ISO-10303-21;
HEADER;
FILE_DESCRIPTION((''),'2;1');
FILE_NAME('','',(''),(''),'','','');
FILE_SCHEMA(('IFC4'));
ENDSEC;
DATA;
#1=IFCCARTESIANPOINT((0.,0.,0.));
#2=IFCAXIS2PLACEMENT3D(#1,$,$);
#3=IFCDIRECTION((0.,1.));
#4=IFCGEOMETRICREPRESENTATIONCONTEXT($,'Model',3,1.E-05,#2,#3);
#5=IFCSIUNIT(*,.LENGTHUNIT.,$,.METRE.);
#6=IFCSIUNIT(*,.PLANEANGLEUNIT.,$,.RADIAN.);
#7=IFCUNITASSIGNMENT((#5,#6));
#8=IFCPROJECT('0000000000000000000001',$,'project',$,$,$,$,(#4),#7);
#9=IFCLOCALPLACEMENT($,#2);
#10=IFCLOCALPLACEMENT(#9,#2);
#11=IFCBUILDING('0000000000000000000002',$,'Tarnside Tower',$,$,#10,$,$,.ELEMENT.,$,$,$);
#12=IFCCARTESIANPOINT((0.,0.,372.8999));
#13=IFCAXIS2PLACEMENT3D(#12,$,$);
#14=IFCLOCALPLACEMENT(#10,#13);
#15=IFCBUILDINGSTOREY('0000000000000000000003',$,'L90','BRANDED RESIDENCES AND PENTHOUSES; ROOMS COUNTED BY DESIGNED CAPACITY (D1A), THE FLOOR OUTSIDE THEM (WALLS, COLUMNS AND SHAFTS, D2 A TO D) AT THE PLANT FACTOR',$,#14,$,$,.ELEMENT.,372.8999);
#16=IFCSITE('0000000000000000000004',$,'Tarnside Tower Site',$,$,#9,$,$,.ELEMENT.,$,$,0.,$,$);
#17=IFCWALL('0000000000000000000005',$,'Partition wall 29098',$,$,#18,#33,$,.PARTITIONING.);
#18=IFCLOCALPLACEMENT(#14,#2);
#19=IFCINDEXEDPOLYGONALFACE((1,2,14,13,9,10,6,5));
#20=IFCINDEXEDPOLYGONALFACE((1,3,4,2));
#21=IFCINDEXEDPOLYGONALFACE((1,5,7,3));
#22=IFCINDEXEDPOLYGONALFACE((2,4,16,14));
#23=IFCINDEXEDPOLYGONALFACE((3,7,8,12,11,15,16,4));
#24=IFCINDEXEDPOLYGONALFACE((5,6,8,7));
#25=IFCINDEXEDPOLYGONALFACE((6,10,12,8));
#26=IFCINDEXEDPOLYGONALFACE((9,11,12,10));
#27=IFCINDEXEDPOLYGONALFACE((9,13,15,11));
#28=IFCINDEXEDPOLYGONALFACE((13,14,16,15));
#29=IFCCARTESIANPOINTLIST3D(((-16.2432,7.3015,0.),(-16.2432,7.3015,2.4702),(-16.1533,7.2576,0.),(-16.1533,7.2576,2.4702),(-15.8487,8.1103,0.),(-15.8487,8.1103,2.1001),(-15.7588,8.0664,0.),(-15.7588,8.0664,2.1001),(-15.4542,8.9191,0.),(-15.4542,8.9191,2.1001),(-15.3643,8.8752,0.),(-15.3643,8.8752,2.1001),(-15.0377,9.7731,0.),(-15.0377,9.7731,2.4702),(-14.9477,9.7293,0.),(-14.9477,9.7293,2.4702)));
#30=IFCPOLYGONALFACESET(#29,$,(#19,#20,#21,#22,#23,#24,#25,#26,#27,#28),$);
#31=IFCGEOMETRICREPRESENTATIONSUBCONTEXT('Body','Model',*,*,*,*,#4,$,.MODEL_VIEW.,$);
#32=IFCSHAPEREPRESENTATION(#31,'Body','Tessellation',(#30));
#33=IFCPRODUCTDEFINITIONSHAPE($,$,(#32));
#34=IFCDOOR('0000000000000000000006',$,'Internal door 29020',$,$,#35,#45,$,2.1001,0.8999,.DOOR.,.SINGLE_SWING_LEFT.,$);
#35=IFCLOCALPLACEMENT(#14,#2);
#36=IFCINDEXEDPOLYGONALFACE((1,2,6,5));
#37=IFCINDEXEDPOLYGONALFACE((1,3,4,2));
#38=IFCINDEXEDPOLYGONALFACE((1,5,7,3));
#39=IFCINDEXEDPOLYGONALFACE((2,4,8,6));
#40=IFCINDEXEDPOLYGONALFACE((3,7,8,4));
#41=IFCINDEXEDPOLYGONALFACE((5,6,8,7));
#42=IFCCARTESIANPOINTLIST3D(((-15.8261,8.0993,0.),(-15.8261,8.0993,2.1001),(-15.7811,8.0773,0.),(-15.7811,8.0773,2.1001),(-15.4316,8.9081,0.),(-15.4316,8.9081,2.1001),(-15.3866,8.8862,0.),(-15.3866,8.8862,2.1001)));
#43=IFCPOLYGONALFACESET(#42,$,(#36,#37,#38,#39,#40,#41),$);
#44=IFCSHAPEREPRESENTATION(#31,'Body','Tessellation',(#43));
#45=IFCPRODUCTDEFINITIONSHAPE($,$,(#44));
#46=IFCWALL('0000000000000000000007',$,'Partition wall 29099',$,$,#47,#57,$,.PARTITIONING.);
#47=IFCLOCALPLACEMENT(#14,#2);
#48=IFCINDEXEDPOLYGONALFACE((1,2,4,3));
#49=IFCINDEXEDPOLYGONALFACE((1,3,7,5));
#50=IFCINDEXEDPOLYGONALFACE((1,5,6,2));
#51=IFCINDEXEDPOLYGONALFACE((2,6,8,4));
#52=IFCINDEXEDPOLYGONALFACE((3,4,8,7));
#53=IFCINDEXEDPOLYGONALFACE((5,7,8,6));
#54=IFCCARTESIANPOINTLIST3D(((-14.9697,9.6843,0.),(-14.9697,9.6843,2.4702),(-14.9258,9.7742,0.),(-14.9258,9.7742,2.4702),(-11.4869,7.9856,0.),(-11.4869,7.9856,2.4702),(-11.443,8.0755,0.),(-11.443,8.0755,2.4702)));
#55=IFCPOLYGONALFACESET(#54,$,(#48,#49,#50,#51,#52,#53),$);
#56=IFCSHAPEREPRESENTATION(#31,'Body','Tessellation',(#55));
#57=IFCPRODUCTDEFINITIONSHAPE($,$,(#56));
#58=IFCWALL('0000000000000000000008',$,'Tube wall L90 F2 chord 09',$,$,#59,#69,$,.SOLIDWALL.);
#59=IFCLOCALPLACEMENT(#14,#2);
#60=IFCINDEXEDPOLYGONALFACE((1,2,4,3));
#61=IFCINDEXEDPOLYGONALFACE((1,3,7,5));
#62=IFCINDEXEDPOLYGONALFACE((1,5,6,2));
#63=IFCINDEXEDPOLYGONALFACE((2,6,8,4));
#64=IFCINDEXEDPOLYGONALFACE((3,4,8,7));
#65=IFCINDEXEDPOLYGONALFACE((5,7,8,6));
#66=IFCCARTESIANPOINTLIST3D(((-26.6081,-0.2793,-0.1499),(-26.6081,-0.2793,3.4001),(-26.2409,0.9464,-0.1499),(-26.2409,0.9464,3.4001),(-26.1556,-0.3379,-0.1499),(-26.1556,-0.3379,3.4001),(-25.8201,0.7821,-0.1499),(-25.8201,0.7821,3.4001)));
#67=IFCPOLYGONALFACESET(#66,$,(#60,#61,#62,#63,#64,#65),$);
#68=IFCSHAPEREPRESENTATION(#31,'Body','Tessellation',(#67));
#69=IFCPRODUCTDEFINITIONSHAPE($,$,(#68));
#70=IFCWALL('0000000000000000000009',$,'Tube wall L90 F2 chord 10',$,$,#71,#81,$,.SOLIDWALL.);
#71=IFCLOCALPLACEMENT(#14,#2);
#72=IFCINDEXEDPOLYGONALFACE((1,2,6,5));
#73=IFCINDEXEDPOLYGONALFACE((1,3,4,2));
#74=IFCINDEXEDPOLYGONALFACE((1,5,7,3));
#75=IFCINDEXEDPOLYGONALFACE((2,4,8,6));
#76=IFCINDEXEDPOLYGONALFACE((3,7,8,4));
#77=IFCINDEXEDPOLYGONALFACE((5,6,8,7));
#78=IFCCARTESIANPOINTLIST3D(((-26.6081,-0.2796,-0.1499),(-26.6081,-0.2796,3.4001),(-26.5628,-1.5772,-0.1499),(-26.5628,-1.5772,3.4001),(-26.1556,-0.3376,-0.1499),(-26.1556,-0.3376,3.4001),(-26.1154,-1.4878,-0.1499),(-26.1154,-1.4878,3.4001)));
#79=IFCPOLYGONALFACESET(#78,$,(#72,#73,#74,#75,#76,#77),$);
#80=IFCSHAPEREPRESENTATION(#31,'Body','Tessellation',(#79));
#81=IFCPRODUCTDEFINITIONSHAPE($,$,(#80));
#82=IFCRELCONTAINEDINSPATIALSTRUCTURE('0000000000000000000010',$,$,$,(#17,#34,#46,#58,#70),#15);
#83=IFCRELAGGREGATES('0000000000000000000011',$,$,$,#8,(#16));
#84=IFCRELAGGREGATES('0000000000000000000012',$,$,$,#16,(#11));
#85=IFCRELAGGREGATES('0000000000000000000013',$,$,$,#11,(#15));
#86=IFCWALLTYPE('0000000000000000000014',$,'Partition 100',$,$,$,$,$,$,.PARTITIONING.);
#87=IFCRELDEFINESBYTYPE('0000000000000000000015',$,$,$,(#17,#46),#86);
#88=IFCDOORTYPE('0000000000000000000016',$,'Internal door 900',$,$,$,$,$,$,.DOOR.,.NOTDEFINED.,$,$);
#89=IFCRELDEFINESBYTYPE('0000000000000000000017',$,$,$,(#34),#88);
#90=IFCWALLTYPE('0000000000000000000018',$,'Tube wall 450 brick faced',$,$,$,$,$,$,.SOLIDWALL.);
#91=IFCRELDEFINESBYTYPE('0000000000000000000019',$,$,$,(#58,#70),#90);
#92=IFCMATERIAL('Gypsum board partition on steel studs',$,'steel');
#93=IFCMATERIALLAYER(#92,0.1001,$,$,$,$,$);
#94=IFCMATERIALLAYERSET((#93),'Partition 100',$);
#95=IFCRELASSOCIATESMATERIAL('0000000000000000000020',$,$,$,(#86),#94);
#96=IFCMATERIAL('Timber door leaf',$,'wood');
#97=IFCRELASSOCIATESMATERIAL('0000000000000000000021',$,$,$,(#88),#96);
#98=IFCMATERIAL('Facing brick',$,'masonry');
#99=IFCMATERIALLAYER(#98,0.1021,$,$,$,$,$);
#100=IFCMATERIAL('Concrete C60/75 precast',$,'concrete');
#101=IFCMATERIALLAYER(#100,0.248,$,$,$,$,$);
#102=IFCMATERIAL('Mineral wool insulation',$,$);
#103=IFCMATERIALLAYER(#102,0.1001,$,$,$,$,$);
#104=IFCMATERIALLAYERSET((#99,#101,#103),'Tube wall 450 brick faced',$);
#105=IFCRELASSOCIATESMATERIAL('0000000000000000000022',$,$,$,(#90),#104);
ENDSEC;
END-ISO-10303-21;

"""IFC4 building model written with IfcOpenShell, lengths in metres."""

from ifc_helpers import new_model, si_unit, direction, frame, frame_2d, origin, place, context, subcontext, project, spatial, polyline, rectangle, outline, extrude, material, layer, layer_set, type_object, element, fill, save


model = new_model("IFC4")

# Units and contexts
model_context = context("Model", 3, precision=1e-05, world=origin(), true_north=direction((0.0, 1.0)))
body_context = subcontext(model_context, "Body", "Model", "MODEL_VIEW")
ifc_project = project(units=[si_unit("LENGTHUNIT", "METRE"), si_unit("PLANEANGLEUNIT", "RADIAN")], contexts=[model_context])

# Site, building, storey
site_placement = place(None, origin())
site = spatial("IfcSite", under=ifc_project, at=site_placement, Name="Tarnside Tower Site", CompositionType="ELEMENT", RefElevation=0.0)
building_placement = place(site_placement, origin())
building = spatial("IfcBuilding", under=site, at=building_placement, Name="Tarnside Tower", CompositionType="ELEMENT")
storey_placement = place(building_placement, frame((0.0, 0.0, 372.8999)))
storey = spatial("IfcBuildingStorey", under=building, at=storey_placement, Name="L90", Description="BRANDED RESIDENCES AND PENTHOUSES; ROOMS COUNTED BY DESIGNED CAPACITY (D1A), THE FLOOR OUTSIDE THEM (WALLS, COLUMNS AND SHAFTS, D2 A TO D) AT THE PLANT FACTOR", CompositionType="ELEMENT", Elevation=372.8999)

# Shared definitions
ifc_material_1 = material(Name="Gypsum board partition on steel studs", Category="steel")

# Shared definitions
ifc_material_2 = material(Name="Timber door leaf", Category="wood")

# Shared definitions
ifc_material_3 = material(Name="Concrete C60/75 precast", Category="concrete")
ifc_material_4 = material(Name="Mineral wool insulation")
ifc_layer_1 = layer(ifc_material_1, 0.1001)
ifc_layer_set_1 = layer_set([ifc_layer_1], Name="Partition 100")
wall_type_1 = type_object("IfcWallType", Name="Partition 100", PredefinedType="PARTITIONING", material=ifc_layer_set_1)

# Wall, opening, door
wall_1_placement = place(storey_placement, frame((-16.1982, 7.2795, 0.0), z_axis=(0.0, 0.0, 1.0), x_axis=(0.438385, 0.898787, 0.0)))
wall_1 = element("IfcWall", 1, at=wall_1_placement, inside=storey, type_object=wall_type_1, Name="Partition wall 29098", PredefinedType="PARTITIONING", context=body_context, shape_type="SweptSolid", body=[
    extrude(rectangle(XDim=2.75, YDim=0.1001, at=frame_2d((1.375, 0.0))), origin(), (0.0, 0.0, 1.0), 2.4702),
])
opening_1_placement = place(wall_1_placement, frame((0.8999, 0.0, 0.0)))
opening_1 = element("IfcOpeningElement", 2, at=opening_1_placement, cuts=wall_1, PredefinedType="OPENING", context=body_context, shape_type="SweptSolid", body=[
    extrude(rectangle(XDim=0.8999, YDim=2.1001, at=frame_2d((0.45, 1.05))), frame((0.0, 0.0601, 0.0), z_axis=(0.0, -1.0, 0.0), x_axis=(1.0, 0.0, 0.0)), (0.0, 0.0, 1.0), 0.1201),
])
door_type_1 = type_object("IfcDoorType", Name="Internal door 900", OperationType="NOTDEFINED", PredefinedType="DOOR", material=ifc_material_2)
door_1_placement = place(opening_1_placement, origin())
door_1 = element("IfcDoor", 3, at=door_1_placement, inside=storey, type_object=door_type_1, Name="Internal door 29020", OperationType="SINGLE_SWING_LEFT", OverallHeight=2.1001, OverallWidth=0.8999, PredefinedType="DOOR", context=body_context, shape_type="SweptSolid", body=[
    extrude(rectangle(XDim=0.8999, YDim=2.1001, at=frame_2d((0.45, 1.05))), frame((0.0, 0.0249, 0.0), z_axis=(0.0, -1.0, 0.0), x_axis=(1.0, 0.0, 0.0)), (0.0, 0.0, 1.0), 0.05),
])
fill(opening_1, door_1)

# Walls
wall_2_placement = place(storey_placement, frame((-14.9478, 9.7292, 0.0), z_axis=(0.0, 0.0, 1.0), x_axis=(0.898794, -0.438371, 0.0)))
element("IfcWall", 4, at=wall_2_placement, inside=storey, type_object=wall_type_1, Name="Partition wall 29099", PredefinedType="PARTITIONING", context=body_context, shape_type="SweptSolid", body=[
    extrude(rectangle(XDim=3.875, YDim=0.1001, at=frame_2d((1.9375, 0.0))), origin(), (0.0, 0.0, 1.0), 2.4702),
])
ifc_material_5 = material(Name="Facing brick", Category="masonry")
ifc_layer_2 = layer(ifc_material_5, 0.1021)
ifc_layer_3 = layer(ifc_material_3, 0.248)
ifc_layer_4 = layer(ifc_material_4, 0.1001)
ifc_layer_set_2 = layer_set([ifc_layer_2, ifc_layer_3, ifc_layer_4], Name="Tube wall 450 brick faced")
wall_type_2 = type_object("IfcWallType", Name="Tube wall 450 brick faced", PredefinedType="SOLIDWALL", material=ifc_layer_set_2)
wall_3_placement = place(storey_placement, frame((-26.0305, 0.8643, -0.1499), z_axis=(0.0, 0.0, 1.0), x_axis=(-0.286945, -0.957947, 0.0)))
element("IfcWall", 5, at=wall_3_placement, inside=storey, type_object=wall_type_2, Name="Tube wall L90 F2 chord 09", PredefinedType="SOLIDWALL", context=body_context, shape_type="SweptSolid", body=[
    extrude(outline(polyline([(-0.0183, -0.2251), (1.2612, -0.2251), (1.1875, 0.2251), (0.0183, 0.2251), (-0.0183, -0.2251)])), origin(), (0.0, 0.0, 1.0), 3.55),
])
wall_4_placement = place(storey_placement, frame((-26.3818, -0.3086, -0.1499), z_axis=(0.0, 0.0, 1.0), x_axis=(0.034888, -0.999391, 0.0)))
element("IfcWall", 6, at=wall_4_placement, inside=storey, type_object=wall_type_2, Name="Tube wall L90 F2 chord 10", PredefinedType="SOLIDWALL", context=body_context, shape_type="SweptSolid", body=[
    extrude(outline(polyline([(-0.0369, -0.2251), (1.2615, -0.2251), (1.1877, 0.2251), (0.0369, 0.2251), (-0.0369, -0.2251)])), origin(), (0.0, 0.0, 1.0), 3.55),
])

save(model, "model.ifc")
